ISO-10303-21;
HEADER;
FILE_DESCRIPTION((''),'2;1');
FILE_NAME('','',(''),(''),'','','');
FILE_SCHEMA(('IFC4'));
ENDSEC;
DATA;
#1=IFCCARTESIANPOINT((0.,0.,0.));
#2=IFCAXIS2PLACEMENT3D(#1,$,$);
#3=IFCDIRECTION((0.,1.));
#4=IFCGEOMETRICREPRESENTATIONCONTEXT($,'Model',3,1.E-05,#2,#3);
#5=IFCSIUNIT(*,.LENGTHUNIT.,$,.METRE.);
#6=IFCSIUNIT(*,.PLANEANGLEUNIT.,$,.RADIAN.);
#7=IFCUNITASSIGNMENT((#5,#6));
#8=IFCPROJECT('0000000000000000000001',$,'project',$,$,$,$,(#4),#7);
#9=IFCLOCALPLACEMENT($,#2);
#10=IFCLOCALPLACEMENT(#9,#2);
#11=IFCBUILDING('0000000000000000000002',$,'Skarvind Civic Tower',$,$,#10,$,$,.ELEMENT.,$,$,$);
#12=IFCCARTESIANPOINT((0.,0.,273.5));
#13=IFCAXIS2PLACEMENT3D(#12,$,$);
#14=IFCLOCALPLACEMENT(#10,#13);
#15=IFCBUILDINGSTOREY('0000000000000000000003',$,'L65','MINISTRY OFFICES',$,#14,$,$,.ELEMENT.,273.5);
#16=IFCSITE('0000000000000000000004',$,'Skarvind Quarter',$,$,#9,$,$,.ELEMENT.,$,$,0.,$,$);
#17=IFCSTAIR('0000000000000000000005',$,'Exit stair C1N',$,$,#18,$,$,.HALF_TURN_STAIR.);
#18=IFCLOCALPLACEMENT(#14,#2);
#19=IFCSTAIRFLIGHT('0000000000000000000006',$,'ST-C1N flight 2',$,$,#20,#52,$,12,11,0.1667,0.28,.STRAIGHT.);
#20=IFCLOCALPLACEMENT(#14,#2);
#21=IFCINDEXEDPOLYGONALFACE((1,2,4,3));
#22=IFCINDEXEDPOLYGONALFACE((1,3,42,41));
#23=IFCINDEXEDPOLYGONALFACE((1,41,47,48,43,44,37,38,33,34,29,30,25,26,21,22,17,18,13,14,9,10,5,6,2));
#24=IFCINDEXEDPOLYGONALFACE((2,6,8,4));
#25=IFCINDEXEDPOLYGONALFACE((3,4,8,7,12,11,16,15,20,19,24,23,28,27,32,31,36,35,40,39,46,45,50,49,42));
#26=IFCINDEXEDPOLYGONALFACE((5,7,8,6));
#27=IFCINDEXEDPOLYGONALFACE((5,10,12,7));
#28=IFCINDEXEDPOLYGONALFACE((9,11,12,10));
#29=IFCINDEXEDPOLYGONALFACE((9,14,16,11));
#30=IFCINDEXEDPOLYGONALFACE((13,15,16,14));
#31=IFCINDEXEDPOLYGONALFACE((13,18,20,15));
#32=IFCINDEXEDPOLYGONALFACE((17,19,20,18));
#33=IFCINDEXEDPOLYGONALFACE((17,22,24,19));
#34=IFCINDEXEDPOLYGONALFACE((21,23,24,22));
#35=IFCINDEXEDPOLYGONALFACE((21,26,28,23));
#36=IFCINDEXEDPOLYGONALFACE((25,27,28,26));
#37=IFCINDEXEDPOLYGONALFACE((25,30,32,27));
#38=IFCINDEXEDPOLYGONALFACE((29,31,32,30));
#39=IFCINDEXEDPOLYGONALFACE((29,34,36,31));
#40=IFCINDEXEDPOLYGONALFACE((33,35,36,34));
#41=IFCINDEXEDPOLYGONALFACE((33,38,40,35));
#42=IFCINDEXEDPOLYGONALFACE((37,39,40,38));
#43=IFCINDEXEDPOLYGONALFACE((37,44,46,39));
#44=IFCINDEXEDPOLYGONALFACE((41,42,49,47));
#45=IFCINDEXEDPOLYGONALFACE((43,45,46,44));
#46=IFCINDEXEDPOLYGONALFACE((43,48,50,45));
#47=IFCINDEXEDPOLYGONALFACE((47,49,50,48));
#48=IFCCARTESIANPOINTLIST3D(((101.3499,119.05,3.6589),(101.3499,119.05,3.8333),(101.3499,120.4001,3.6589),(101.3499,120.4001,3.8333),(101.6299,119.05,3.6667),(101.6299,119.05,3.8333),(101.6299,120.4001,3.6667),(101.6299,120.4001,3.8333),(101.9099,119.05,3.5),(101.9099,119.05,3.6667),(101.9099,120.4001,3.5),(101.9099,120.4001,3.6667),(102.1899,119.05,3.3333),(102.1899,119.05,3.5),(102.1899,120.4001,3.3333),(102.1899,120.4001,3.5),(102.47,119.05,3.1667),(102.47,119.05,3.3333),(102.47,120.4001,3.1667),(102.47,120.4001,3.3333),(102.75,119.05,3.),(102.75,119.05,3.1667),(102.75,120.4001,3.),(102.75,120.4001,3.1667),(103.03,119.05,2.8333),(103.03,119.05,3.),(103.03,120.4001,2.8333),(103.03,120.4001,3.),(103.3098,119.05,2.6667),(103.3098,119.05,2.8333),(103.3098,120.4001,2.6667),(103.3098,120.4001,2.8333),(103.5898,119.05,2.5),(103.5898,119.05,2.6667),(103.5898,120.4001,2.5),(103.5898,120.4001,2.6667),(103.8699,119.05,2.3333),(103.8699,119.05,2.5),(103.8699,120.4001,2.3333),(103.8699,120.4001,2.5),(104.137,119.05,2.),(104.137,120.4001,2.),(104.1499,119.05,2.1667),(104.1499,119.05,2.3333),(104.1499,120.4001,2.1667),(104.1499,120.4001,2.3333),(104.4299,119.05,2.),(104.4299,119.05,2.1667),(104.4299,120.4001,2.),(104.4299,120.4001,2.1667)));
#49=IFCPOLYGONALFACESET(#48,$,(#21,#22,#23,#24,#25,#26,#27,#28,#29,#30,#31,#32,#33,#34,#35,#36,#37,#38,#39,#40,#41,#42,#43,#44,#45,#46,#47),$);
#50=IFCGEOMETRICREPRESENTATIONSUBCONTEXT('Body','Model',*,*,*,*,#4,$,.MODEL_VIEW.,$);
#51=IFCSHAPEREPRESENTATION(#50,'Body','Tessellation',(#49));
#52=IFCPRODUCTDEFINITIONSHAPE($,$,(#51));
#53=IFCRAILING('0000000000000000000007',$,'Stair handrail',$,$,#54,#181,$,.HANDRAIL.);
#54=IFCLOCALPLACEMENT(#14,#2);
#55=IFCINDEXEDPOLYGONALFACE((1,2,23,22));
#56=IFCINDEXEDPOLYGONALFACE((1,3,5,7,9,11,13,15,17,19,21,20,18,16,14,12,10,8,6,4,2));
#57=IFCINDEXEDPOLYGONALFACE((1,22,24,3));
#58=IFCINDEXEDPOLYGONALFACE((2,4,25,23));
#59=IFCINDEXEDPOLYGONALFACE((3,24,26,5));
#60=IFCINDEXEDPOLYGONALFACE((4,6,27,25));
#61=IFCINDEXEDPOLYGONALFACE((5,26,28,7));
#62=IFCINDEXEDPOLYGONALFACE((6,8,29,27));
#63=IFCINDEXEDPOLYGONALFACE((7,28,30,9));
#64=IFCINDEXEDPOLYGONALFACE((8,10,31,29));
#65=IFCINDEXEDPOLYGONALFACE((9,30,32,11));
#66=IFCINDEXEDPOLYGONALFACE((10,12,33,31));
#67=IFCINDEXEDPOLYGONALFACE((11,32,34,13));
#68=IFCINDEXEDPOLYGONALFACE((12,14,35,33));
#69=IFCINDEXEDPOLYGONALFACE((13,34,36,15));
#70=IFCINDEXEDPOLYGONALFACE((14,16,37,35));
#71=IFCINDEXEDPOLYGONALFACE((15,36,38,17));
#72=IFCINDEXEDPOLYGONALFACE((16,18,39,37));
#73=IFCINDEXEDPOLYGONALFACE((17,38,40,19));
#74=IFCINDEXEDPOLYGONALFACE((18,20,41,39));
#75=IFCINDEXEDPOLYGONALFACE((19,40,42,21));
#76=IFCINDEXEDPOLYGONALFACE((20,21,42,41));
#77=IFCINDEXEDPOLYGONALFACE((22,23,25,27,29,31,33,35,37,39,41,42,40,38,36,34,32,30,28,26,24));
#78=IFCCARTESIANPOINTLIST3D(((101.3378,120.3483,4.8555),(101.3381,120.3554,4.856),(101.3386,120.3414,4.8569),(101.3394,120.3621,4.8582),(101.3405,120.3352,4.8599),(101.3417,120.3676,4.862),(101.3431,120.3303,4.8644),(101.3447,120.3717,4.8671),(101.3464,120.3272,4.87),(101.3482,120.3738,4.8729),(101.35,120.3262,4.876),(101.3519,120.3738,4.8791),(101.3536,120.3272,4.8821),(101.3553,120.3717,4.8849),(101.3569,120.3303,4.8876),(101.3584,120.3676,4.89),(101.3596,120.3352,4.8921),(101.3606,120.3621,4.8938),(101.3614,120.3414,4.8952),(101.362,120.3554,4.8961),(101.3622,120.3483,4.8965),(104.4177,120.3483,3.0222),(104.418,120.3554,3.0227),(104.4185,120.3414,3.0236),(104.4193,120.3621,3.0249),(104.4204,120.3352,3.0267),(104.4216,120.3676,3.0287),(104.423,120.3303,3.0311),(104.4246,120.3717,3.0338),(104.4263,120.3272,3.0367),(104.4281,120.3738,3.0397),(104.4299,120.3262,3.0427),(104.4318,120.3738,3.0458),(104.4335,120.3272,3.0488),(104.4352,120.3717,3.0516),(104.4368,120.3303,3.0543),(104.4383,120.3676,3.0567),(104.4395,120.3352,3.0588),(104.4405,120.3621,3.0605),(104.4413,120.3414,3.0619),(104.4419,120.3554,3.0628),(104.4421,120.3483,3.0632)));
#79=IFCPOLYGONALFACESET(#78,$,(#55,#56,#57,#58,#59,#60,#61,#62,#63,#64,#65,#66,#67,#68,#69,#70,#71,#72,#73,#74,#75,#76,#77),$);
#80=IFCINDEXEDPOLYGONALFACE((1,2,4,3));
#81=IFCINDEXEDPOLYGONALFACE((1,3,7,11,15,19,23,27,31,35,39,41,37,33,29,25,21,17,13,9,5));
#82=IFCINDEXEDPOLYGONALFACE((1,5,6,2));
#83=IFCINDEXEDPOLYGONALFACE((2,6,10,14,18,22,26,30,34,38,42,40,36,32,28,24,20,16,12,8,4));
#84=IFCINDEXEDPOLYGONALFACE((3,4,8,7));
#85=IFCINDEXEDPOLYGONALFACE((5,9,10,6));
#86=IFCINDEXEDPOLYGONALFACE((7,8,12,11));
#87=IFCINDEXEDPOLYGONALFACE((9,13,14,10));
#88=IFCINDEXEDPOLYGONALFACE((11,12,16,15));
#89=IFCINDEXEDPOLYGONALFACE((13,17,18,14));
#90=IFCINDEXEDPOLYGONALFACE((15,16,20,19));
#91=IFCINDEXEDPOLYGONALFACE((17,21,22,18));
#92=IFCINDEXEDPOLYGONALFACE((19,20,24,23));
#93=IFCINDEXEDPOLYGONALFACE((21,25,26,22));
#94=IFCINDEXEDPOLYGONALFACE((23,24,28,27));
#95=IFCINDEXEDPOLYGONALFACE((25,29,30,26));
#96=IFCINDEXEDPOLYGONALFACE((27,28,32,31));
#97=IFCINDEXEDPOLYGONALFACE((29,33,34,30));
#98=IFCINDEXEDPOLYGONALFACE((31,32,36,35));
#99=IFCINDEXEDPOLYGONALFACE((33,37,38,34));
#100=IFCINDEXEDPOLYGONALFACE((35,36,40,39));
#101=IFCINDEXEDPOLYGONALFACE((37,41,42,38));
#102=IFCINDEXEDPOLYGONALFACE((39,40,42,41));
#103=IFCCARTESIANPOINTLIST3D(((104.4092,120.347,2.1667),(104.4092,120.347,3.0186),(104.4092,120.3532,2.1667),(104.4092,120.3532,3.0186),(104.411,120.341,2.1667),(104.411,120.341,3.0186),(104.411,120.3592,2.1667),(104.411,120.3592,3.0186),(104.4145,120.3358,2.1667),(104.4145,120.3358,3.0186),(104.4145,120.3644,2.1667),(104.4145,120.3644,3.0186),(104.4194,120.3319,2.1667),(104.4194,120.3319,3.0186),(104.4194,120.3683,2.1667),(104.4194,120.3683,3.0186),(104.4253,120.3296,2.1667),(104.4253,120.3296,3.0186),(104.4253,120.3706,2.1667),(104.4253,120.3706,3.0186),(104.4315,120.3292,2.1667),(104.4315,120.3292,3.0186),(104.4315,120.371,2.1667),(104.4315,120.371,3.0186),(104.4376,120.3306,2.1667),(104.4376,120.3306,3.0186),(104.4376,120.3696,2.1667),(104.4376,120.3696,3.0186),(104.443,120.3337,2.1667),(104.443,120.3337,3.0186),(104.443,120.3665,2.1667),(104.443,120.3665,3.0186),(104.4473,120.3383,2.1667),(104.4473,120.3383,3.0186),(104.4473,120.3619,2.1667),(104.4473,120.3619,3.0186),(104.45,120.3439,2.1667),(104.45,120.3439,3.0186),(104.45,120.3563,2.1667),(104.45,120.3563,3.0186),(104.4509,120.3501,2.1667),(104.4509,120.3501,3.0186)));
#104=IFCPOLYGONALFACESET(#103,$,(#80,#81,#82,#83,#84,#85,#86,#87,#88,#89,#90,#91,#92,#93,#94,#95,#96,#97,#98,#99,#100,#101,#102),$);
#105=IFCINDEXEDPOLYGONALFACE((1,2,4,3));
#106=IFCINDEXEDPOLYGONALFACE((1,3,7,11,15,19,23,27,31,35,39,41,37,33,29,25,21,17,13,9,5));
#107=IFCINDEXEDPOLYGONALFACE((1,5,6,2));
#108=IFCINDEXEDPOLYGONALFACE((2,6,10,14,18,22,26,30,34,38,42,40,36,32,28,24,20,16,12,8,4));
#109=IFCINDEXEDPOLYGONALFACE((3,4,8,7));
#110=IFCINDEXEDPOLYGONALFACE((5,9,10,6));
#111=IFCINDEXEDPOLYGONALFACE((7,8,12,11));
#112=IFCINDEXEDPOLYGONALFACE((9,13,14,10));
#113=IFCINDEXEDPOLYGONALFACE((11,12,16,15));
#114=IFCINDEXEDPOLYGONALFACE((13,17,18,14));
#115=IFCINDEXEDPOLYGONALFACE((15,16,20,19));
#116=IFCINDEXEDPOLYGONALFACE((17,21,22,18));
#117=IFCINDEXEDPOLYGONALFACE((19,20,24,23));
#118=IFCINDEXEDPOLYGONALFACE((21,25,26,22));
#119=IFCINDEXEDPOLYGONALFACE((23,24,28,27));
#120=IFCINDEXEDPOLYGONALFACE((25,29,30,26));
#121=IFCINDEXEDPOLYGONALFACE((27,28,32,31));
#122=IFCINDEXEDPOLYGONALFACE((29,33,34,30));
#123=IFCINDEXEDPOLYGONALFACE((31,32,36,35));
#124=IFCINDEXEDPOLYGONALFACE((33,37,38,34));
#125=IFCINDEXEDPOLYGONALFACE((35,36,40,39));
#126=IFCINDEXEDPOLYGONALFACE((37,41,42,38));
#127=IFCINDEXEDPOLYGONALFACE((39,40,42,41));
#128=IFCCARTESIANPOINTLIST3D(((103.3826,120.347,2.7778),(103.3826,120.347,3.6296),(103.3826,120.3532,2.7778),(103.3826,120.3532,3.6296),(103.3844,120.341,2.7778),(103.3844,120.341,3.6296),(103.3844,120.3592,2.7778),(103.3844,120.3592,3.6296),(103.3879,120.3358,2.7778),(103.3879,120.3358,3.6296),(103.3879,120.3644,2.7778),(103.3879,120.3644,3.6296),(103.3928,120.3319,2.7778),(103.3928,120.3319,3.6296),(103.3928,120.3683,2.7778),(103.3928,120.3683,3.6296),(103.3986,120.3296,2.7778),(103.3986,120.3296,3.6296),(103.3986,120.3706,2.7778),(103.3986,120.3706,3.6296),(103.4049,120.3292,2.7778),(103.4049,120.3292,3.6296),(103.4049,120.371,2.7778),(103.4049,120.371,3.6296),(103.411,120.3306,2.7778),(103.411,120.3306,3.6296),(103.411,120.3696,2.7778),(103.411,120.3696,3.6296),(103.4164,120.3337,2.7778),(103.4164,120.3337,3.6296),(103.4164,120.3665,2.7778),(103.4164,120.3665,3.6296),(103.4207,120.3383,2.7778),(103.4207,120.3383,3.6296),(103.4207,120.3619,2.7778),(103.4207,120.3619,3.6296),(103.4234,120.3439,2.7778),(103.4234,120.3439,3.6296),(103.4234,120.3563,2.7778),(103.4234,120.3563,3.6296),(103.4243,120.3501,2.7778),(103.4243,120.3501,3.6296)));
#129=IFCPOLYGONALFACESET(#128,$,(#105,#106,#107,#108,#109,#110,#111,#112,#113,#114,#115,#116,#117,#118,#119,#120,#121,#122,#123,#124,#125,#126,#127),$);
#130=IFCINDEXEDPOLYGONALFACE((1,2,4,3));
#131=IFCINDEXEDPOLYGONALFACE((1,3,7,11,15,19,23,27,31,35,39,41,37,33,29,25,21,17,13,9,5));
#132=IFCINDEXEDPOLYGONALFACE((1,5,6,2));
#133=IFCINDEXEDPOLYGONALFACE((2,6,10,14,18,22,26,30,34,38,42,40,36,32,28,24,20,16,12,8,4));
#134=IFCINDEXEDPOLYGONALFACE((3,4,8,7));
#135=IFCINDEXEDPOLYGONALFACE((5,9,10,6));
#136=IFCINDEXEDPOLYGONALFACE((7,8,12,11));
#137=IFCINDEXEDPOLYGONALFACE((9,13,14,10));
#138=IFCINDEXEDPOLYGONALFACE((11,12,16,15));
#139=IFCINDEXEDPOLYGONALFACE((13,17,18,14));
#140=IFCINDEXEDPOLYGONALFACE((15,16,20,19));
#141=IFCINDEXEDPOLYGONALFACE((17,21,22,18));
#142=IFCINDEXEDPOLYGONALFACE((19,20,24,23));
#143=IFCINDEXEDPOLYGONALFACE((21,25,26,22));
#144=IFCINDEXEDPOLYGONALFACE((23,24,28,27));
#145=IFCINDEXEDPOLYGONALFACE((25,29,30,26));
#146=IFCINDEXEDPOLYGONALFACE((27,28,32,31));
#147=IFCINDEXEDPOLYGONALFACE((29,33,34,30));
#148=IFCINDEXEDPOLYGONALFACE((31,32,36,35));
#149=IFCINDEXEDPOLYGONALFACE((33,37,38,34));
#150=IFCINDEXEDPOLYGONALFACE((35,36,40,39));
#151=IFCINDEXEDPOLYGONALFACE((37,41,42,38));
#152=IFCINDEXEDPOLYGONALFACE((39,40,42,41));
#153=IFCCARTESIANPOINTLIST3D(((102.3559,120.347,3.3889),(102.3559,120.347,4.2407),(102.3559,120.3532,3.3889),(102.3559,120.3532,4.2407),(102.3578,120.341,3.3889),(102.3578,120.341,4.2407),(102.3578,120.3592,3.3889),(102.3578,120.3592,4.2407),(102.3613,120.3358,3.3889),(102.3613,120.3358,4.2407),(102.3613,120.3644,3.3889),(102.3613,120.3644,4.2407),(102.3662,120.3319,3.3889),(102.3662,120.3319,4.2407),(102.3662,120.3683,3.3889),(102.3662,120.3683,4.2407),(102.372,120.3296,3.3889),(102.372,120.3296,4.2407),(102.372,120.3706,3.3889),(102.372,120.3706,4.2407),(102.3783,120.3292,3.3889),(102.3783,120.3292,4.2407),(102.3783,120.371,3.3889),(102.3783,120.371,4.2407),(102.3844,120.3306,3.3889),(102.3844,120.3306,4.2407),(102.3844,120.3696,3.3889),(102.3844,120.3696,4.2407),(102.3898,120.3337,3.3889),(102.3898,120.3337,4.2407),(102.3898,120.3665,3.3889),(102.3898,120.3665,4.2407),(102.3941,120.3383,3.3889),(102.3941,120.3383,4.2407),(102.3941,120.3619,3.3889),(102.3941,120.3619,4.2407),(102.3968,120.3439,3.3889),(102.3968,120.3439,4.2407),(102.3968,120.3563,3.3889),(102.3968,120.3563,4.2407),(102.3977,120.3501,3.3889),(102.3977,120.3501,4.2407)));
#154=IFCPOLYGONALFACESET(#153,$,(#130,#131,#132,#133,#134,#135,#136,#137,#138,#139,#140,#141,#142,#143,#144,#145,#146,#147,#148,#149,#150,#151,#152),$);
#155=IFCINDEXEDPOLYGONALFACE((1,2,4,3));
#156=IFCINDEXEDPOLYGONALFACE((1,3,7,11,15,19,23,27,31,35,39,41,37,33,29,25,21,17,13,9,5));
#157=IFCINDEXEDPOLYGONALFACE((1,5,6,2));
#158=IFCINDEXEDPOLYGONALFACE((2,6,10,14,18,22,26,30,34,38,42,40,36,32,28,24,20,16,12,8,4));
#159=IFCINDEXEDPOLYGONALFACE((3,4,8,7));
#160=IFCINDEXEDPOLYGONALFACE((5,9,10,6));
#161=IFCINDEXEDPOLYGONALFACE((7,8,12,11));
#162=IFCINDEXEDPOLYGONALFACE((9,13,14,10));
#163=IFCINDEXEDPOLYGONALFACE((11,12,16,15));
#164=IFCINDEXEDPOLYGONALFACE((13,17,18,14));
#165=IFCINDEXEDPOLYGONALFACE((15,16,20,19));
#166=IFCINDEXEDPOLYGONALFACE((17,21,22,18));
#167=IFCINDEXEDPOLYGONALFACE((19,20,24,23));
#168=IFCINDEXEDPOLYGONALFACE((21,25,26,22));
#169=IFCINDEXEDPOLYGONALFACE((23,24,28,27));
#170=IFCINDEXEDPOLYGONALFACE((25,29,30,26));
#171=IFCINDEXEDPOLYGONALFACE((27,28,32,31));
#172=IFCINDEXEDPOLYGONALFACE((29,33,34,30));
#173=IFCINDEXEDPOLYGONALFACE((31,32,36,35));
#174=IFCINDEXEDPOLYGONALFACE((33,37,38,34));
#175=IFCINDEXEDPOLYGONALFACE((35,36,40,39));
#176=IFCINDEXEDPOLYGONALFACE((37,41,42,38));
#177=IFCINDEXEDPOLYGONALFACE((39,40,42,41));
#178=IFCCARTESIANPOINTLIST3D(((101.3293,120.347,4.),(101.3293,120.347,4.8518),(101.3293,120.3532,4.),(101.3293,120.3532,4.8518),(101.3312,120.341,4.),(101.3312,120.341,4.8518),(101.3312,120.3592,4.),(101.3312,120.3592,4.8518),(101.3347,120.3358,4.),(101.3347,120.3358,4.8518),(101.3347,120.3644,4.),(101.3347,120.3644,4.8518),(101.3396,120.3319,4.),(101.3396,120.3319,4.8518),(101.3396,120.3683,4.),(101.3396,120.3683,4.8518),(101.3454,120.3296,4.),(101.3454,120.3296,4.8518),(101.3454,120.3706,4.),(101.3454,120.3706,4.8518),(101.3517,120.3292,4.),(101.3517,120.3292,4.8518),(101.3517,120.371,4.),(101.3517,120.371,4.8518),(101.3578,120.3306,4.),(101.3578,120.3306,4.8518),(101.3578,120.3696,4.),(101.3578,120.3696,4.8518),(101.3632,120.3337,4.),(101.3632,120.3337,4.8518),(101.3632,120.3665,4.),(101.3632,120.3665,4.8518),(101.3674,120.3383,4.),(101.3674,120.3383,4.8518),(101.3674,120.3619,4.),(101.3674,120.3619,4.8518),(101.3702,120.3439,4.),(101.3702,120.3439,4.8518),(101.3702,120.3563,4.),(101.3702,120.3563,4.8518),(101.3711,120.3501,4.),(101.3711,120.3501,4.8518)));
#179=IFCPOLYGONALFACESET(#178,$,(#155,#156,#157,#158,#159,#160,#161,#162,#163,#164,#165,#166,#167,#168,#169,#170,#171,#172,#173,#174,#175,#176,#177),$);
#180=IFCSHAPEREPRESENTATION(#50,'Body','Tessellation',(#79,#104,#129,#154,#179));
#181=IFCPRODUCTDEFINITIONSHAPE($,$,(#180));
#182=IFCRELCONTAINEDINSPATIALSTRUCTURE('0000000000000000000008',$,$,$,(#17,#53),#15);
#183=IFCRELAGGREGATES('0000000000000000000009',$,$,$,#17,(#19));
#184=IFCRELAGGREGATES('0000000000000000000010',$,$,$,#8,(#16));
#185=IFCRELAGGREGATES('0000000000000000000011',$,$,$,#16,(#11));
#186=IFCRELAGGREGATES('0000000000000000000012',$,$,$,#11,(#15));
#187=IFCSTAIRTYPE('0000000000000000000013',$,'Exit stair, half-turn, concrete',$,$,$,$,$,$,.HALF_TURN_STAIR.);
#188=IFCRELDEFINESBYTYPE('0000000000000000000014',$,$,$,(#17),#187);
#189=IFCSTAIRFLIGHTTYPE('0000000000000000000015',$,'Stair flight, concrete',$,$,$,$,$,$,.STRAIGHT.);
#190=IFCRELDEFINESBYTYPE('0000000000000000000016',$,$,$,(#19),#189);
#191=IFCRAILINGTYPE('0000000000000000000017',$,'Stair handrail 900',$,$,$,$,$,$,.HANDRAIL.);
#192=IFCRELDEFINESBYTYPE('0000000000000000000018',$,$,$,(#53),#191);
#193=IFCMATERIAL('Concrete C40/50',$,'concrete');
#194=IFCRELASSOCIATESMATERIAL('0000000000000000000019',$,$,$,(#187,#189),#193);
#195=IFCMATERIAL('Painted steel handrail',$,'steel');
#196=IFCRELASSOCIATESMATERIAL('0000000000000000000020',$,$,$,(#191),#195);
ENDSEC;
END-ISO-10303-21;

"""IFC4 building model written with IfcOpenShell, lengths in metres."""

from ifc_helpers import new_model, si_unit, direction, frame, origin, origin_2d, place, context, subcontext, project, spatial, polyline, circle, outline, extrude, material, type_object, element, aggregate, save


model = new_model("IFC4")

# Units and contexts
model_context = context("Model", 3, precision=1e-05, world=origin(), true_north=direction((0.0, 1.0)))
body_context = subcontext(model_context, "Body", "Model", "MODEL_VIEW")
ifc_project = project(units=[si_unit("LENGTHUNIT", "METRE"), si_unit("PLANEANGLEUNIT", "RADIAN")], contexts=[model_context])

# Site, building, storey
site_placement = place(None, origin())
site = spatial("IfcSite", under=ifc_project, at=site_placement, Name="Skarvind Quarter", CompositionType="ELEMENT", RefElevation=0.0)
building_placement = place(site_placement, origin())
building = spatial("IfcBuilding", under=site, at=building_placement, Name="Skarvind Civic Tower", CompositionType="ELEMENT")
storey_placement = place(building_placement, frame((0.0, 0.0, 273.5)))
storey = spatial("IfcBuildingStorey", under=building, at=storey_placement, Name="L65", Description="MINISTRY OFFICES", CompositionType="ELEMENT", Elevation=273.5)

# Stair, stair flight
ifc_material_1 = material(Name="Concrete C40/50", Category="concrete")
stair_type = type_object("IfcStairType", Name="Exit stair, half-turn, concrete", PredefinedType="HALF_TURN_STAIR", material=ifc_material_1)
stair_placement = place(storey_placement, origin())
stair = element("IfcStair", 1, at=stair_placement, inside=storey, type_object=stair_type, Name="Exit stair C1N", PredefinedType="HALF_TURN_STAIR")
stair_flight_type = type_object("IfcStairFlightType", Name="Stair flight, concrete", PredefinedType="STRAIGHT", material=ifc_material_1)
stair_flight_1_placement = place(storey_placement, frame((104.4299, 119.7251, 2.0), z_axis=(0.0, 0.0, 1.0), x_axis=(-1.0, 0.0, 0.0)))
stair_flight_1 = element("IfcStairFlight", 2, at=stair_flight_1_placement, type_object=stair_flight_type, Name="ST-C1N flight 2", NumberOfRisers=12, NumberOfTreads=11, PredefinedType="STRAIGHT", RiserHeight=0.1667, TreadLength=0.28, context=body_context, shape_type="SweptSolid", body=[
    extrude(outline(polyline([(0.0, 0.0), (0.0, 0.1667), (0.28, 0.1667), (0.28, 0.3333), (0.5601, 0.3333), (0.5601, 0.5), (0.8401, 0.5), (0.8401, 0.6667), (1.1201, 0.6667), (1.1201, 0.8333), (1.3999, 0.8333), (1.3999, 1.0), (1.6799, 1.0), (1.6799, 1.1667), (1.96, 1.1667), (1.96, 1.3333), (2.24, 1.3333), (2.24, 1.5), (2.52, 1.5), (2.52, 1.6667), (2.8, 1.6667), (2.8, 1.8333), (3.0801, 1.8333), (3.0801, 2.0), (3.0801, 1.6589), (0.293, 0.0), (0.0, 0.0)])), frame((0.0, 0.675, 0.0), z_axis=(0.0, -1.0, 0.0), x_axis=(1.0, 0.0, 0.0)), (0.0, 0.0, 1.0), 1.3501),
])
aggregate(stair, [stair_flight_1])

# Railing
ifc_material_2 = material(Name="Painted steel handrail", Category="steel")
railing_type = type_object("IfcRailingType", Name="Stair handrail 900", PredefinedType="HANDRAIL", material=ifc_material_2)
railing_placement = place(storey_placement, frame((104.4299, 120.3501, 2.1667)))
element("IfcRailing", 3, at=railing_placement, inside=storey, type_object=railing_type, Name="Stair handrail", PredefinedType="HANDRAIL", context=body_context, shape_type="SweptSolid", body=[
    extrude(circle(Radius=0.0239, at=origin_2d()), frame((0.0, 0.0, 0.876), z_axis=(-0.859291, 0.0, 0.511487), x_axis=(0.0, -1.0, 0.0)), (0.0, 0.0, 1.0), 3.5842),
    extrude(circle(Radius=0.021, at=origin_2d()), origin(), (0.0, 0.0, 1.0), 0.8518),
    extrude(circle(Radius=0.021, at=origin_2d()), frame((-1.0266, 0.0, 0.6111)), (0.0, 0.0, 1.0), 0.8518),
    extrude(circle(Radius=0.021, at=origin_2d()), frame((-2.0532, 0.0, 1.2222)), (0.0, 0.0, 1.0), 0.8518),
    extrude(circle(Radius=0.021, at=origin_2d()), frame((-3.0798, 0.0, 1.8333)), (0.0, 0.0, 1.0), 0.8518),
])

save(model, "model.ifc")
